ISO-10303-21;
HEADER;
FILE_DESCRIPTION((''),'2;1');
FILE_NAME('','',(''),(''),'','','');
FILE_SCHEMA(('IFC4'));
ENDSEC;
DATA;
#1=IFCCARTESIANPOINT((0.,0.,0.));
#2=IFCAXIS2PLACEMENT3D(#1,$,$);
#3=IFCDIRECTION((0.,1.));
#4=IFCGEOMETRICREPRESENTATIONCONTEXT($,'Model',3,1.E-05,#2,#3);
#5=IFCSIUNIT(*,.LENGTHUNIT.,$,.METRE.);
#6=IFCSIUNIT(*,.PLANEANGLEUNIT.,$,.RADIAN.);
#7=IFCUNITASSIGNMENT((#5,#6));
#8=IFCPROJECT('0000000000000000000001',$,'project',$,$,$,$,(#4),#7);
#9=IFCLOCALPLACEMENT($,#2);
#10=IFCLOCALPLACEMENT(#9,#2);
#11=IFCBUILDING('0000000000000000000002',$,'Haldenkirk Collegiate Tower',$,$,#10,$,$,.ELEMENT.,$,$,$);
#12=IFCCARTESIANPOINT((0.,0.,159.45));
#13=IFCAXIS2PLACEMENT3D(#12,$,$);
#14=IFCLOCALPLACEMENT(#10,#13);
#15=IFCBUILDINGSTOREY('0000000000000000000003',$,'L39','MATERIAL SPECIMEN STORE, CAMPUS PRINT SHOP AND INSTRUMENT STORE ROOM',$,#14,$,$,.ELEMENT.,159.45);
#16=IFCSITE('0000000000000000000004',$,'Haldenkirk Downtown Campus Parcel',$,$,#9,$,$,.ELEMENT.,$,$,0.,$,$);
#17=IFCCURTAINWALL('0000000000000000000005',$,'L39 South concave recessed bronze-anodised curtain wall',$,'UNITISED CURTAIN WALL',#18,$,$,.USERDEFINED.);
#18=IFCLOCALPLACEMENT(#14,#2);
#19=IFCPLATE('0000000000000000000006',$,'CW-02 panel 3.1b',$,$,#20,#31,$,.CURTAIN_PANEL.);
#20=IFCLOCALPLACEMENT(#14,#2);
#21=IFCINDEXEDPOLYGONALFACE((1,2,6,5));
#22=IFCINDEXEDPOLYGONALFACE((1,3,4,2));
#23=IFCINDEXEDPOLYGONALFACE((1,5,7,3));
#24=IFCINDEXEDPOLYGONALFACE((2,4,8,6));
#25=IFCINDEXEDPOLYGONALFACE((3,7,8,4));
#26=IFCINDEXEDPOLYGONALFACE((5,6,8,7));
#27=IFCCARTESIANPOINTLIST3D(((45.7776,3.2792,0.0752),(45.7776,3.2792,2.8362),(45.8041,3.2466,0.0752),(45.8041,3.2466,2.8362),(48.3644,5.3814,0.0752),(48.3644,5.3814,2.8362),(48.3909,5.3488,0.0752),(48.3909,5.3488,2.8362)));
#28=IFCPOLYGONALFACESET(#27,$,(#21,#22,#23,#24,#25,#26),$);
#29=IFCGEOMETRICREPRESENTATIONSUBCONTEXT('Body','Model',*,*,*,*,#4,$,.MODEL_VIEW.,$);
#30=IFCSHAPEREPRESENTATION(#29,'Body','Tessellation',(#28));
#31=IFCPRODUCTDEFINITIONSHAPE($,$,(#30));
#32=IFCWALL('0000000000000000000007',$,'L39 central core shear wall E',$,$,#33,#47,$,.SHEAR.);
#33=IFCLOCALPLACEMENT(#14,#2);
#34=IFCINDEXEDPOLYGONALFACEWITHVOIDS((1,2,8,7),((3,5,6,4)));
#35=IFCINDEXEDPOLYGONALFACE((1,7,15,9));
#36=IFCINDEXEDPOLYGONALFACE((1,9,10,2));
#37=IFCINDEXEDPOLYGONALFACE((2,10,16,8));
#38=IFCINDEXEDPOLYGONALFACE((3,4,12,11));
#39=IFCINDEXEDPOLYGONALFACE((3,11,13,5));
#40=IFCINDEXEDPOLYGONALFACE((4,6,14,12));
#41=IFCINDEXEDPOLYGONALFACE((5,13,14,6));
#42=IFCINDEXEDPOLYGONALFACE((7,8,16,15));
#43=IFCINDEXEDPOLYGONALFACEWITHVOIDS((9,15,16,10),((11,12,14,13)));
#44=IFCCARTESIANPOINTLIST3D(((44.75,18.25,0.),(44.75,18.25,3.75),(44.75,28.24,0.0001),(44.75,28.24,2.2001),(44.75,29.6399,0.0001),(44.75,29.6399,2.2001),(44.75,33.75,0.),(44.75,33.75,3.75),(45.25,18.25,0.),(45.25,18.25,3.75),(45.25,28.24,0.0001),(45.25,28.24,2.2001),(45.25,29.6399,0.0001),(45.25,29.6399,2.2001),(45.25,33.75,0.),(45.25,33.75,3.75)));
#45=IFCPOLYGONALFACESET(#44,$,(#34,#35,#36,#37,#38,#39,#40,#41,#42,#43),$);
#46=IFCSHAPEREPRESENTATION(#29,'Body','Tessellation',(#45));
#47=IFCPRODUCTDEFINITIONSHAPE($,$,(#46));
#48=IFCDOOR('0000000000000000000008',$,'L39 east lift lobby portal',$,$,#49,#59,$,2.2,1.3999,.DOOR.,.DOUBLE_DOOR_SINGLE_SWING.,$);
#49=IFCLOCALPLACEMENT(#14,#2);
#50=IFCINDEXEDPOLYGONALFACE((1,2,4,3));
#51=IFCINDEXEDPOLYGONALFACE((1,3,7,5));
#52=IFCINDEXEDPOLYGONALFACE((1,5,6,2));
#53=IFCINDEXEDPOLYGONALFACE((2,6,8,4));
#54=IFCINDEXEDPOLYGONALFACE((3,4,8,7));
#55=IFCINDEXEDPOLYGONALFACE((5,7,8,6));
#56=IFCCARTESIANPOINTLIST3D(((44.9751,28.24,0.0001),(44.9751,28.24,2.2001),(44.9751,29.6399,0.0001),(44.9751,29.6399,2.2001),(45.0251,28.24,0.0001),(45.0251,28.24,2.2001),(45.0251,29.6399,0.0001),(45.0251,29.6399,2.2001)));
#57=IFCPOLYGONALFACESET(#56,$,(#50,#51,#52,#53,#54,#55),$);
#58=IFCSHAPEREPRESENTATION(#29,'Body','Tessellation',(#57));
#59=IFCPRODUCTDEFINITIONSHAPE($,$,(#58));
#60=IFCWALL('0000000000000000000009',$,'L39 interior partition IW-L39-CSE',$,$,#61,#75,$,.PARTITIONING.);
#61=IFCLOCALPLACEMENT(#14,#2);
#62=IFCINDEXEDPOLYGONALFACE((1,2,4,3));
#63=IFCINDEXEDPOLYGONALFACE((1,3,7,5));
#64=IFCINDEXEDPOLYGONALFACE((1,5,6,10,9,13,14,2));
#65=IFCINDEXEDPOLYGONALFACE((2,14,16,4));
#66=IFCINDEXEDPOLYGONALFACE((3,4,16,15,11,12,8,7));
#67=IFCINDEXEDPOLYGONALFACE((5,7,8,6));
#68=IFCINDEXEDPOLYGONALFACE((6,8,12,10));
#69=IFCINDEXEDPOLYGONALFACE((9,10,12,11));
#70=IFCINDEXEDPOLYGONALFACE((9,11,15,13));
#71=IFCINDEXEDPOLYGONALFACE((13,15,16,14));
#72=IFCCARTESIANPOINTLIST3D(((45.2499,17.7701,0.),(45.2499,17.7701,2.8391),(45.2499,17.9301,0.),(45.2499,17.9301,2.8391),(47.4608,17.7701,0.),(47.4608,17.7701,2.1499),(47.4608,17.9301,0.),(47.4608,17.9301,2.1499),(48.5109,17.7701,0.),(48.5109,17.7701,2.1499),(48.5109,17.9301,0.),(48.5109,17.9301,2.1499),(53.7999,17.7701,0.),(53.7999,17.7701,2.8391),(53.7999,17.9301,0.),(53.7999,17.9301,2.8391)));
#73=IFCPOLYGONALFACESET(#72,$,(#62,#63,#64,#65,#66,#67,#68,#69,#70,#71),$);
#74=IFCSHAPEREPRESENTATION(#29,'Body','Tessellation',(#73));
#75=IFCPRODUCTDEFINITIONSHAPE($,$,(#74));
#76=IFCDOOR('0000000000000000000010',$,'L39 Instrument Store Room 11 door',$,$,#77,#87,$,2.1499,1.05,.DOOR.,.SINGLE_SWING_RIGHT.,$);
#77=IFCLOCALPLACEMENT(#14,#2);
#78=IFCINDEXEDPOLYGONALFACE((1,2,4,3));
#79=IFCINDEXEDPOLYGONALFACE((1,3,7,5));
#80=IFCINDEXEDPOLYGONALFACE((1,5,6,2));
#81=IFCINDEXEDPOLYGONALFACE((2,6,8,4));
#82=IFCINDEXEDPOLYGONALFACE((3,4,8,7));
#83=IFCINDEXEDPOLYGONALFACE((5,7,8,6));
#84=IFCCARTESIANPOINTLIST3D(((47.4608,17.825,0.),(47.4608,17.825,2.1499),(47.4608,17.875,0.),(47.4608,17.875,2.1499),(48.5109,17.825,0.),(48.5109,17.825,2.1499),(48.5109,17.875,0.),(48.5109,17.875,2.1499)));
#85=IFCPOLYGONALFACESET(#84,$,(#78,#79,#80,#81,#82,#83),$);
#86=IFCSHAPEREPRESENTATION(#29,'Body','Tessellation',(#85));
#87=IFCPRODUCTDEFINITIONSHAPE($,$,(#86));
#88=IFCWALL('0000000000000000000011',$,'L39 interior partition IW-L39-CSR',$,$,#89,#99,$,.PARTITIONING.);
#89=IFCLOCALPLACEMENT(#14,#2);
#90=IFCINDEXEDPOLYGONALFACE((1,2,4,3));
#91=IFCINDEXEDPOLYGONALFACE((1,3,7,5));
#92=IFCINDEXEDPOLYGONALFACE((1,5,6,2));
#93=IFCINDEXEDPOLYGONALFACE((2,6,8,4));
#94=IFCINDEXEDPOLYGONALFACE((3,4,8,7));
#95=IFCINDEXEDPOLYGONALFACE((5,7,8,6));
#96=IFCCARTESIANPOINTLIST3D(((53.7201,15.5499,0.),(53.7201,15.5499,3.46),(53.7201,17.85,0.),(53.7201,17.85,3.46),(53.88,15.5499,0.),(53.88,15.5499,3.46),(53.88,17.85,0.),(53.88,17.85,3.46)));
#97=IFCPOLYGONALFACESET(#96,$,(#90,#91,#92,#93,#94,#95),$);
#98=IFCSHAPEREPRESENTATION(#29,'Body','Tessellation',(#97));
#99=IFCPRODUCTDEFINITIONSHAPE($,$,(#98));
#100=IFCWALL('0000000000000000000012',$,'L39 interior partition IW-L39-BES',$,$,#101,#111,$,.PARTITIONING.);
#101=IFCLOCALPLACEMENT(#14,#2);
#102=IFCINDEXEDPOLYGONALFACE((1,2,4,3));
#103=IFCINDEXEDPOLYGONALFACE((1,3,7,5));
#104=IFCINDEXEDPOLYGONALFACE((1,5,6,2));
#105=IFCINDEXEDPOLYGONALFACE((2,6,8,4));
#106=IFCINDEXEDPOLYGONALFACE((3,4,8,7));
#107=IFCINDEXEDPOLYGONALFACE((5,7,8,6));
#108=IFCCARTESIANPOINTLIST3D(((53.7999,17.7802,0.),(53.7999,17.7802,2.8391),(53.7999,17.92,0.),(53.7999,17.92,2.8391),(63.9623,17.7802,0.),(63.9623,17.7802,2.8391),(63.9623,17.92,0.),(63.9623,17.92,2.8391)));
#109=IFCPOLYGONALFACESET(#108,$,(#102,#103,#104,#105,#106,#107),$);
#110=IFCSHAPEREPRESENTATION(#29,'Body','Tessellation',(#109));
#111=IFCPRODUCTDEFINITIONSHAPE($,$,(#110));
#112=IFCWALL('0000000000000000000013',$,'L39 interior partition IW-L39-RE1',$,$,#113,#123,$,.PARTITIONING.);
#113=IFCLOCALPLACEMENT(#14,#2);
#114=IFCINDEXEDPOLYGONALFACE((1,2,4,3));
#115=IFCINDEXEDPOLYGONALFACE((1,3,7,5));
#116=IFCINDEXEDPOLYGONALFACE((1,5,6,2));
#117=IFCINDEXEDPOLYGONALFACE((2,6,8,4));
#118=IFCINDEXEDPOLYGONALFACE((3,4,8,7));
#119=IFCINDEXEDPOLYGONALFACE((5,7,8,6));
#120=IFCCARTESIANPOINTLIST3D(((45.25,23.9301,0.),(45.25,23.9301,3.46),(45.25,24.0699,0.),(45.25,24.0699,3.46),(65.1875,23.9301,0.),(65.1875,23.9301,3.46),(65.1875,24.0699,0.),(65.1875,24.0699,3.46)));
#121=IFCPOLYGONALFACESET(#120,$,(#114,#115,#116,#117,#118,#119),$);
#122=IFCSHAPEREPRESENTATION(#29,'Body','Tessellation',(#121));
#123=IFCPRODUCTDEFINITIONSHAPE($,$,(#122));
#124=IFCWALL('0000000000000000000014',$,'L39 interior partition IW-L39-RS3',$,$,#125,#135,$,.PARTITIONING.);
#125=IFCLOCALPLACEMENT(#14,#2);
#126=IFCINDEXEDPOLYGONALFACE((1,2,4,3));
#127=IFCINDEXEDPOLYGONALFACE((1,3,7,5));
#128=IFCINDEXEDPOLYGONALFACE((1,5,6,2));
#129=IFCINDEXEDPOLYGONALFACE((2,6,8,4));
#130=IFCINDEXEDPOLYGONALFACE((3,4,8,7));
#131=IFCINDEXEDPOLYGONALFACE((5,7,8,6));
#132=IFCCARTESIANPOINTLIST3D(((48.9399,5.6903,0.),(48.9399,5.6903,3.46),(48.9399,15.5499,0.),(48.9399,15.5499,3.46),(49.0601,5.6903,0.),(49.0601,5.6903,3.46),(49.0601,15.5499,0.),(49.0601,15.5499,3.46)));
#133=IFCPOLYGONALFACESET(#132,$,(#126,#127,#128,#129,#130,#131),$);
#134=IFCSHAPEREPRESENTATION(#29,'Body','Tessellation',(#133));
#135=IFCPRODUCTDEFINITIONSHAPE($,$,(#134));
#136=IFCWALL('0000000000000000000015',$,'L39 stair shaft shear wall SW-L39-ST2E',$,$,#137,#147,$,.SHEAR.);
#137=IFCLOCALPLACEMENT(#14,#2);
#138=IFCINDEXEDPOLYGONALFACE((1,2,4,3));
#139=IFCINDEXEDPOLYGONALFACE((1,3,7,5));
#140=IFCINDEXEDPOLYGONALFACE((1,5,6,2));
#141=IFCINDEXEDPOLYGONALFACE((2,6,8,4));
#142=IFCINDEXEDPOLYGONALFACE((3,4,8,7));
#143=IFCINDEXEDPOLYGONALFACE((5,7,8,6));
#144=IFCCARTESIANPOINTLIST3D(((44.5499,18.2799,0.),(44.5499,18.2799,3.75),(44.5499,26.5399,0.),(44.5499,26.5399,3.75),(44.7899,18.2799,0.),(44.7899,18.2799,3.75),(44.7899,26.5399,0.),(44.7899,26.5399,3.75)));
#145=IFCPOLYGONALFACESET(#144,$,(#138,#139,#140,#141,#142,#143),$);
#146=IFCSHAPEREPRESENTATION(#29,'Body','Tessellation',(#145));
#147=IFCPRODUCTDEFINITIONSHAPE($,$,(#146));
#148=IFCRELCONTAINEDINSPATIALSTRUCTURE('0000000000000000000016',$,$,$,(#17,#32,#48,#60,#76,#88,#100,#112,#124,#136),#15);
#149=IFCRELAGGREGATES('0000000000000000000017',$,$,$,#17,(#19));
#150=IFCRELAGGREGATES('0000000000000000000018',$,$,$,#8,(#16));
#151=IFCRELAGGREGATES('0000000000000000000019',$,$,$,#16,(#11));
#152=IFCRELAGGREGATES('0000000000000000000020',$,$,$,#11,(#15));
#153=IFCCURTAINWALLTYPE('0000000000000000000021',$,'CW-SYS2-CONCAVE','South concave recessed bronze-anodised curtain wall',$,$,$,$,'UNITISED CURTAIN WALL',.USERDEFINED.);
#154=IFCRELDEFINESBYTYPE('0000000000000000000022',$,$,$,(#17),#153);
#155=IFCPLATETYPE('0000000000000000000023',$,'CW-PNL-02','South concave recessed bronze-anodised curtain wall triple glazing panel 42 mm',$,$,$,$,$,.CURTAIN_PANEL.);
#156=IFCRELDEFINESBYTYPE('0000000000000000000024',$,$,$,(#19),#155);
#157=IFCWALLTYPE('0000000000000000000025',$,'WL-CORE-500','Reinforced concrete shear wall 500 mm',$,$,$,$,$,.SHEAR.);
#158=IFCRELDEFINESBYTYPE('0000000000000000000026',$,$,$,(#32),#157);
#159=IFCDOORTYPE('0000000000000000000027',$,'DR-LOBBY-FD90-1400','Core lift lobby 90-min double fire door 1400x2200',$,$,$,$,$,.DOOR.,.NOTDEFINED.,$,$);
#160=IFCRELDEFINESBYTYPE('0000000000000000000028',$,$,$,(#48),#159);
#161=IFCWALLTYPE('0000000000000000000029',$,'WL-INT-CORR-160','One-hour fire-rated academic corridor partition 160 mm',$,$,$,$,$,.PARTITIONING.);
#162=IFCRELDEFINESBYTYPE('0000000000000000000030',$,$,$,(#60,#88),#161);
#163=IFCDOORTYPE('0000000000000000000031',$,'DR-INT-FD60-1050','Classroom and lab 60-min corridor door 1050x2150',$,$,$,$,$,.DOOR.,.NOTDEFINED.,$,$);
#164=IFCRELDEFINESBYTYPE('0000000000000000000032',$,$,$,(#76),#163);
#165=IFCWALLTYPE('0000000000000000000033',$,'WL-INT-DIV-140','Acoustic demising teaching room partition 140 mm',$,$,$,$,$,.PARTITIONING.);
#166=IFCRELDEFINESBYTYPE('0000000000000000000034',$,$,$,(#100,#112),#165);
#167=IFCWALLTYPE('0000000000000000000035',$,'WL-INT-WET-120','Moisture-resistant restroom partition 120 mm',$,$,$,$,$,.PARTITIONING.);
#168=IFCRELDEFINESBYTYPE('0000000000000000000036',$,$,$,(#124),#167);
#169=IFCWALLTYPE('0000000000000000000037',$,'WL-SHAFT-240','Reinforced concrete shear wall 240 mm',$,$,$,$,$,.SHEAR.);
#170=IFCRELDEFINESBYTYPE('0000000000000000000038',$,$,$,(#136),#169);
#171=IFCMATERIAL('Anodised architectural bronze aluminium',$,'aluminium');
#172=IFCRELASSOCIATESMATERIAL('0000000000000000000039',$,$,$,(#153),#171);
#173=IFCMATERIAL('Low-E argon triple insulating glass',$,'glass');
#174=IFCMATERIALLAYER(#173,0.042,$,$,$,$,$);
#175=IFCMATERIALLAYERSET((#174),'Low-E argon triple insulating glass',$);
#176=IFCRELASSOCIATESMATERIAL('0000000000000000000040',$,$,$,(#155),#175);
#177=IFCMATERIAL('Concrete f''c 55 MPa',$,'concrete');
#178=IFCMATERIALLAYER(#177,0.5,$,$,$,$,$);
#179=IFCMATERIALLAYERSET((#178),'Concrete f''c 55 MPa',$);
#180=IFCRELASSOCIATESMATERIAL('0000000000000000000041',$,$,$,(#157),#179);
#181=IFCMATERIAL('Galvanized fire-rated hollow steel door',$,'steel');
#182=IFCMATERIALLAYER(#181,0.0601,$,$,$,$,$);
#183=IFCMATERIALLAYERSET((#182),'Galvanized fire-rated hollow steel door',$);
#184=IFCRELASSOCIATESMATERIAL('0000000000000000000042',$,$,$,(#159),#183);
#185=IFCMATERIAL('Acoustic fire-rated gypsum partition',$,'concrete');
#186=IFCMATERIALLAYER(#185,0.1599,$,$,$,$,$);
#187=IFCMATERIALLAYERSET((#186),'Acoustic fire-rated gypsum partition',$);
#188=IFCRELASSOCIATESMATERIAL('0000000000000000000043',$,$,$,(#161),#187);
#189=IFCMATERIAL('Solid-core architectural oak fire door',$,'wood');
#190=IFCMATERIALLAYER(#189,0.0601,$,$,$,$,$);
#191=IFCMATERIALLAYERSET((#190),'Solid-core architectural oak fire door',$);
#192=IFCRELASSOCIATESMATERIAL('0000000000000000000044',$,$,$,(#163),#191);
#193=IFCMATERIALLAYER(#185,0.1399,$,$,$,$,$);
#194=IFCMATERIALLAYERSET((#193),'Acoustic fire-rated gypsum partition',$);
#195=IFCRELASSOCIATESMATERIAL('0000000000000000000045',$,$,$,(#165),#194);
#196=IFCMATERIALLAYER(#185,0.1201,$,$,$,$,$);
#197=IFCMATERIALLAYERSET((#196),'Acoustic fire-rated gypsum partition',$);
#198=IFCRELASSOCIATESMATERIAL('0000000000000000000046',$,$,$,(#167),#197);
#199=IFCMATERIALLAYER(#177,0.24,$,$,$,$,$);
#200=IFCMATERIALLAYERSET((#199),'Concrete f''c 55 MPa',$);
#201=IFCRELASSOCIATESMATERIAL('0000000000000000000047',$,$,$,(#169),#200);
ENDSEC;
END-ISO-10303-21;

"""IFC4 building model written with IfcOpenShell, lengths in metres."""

from ifc_helpers import new_model, si_unit, direction, frame, frame_2d, origin, origin_2d, place, context, subcontext, project, spatial, rectangle, extrude, source, transform, mapped, material, layer, layer_set, type_object, element, fill, aggregate, save


model = new_model("IFC4")

# Units and contexts
model_context = context("Model", 3, precision=1e-05, world=origin(), true_north=direction((0.0, 1.0)))
body_context = subcontext(model_context, "Body", "Model", "MODEL_VIEW")
ifc_project = project(units=[si_unit("LENGTHUNIT", "METRE"), si_unit("PLANEANGLEUNIT", "RADIAN")], contexts=[model_context])

# Site, building, storey
site_placement = place(None, origin())
site = spatial("IfcSite", under=ifc_project, at=site_placement, Name="Haldenkirk Downtown Campus Parcel", CompositionType="ELEMENT", RefElevation=0.0)
building_placement = place(site_placement, origin())
building = spatial("IfcBuilding", under=site, at=building_placement, Name="Haldenkirk Collegiate Tower", CompositionType="ELEMENT")
storey_placement = place(building_placement, frame((0.0, 0.0, 159.45)))
storey = spatial("IfcBuildingStorey", under=building, at=storey_placement, Name="L39", Description="MATERIAL SPECIMEN STORE, CAMPUS PRINT SHOP AND INSTRUMENT STORE ROOM", CompositionType="ELEMENT", Elevation=159.45)

# Curtain wall
ifc_material_1 = material(Name="Anodised architectural bronze aluminium", Category="aluminium")
curtain_wall_type = type_object("IfcCurtainWallType", Name="CW-SYS2-CONCAVE", Description="South concave recessed bronze-anodised curtain wall", ElementType="UNITISED CURTAIN WALL", PredefinedType="USERDEFINED", material=ifc_material_1)
curtain_wall_placement = place(storey_placement, origin())
curtain_wall = element("IfcCurtainWall", 1, at=curtain_wall_placement, inside=storey, type_object=curtain_wall_type, Name="L39 South concave recessed bronze-anodised curtain wall", ObjectType="UNITISED CURTAIN WALL", PredefinedType="USERDEFINED")

# Plate
ifc_material_2 = material(Name="Low-E argon triple insulating glass", Category="glass")
ifc_layer_1 = layer(ifc_material_2, 0.042)
ifc_layer_set_1 = layer_set([ifc_layer_1], Name="Low-E argon triple insulating glass")
plate_type_1 = type_object("IfcPlateType", Name="CW-PNL-02", Description="South concave recessed bronze-anodised curtain wall triple glazing panel 42 mm", PredefinedType="CURTAIN_PANEL", material=ifc_layer_set_1)
shared_shape_1 = source(origin(), body_context, "Body", "SweptSolid", [
    extrude(rectangle(XDim=3.3333, YDim=0.042, at=origin_2d()), origin(), (0.0, 0.0, 1.0), 2.761),
])
plate_1_placement = place(storey_placement, frame((47.0842, 4.314, 0.0752), z_axis=(0.0, 0.0, 1.0), x_axis=(-0.776048, -0.630674, 0.0)))
plate_1 = element("IfcPlate", 2, at=plate_1_placement, type_object=plate_type_1, Name="CW-02 panel 3.1b", PredefinedType="CURTAIN_PANEL", context=body_context, shape_type="MappedRepresentation", body=[
    mapped(shared_shape_1, transform((0.0, 0.0, 0.0), x_axis=(1.0, 0.0, 0.0), y_axis=(0.0, 1.0, 0.0), z_axis=(0.0, 0.0, 1.0), scale=1.0)),
])
aggregate(curtain_wall, [plate_1])

# Walls, openings, doors
ifc_material_3 = material(Name="Concrete f'c 55 MPa", Category="concrete")
ifc_layer_2 = layer(ifc_material_3, 0.5)
ifc_layer_set_2 = layer_set([ifc_layer_2], Name="Concrete f'c 55 MPa")
wall_type_1 = type_object("IfcWallType", Name="WL-CORE-500", Description="Reinforced concrete shear wall 500 mm", PredefinedType="SHEAR", material=ifc_layer_set_2)
wall_1_placement = place(storey_placement, frame((45.0, 18.25, 0.0), z_axis=(0.0, 0.0, 1.0), x_axis=(0.0, 1.0, 0.0)))
wall_1 = element("IfcWall", 3, at=wall_1_placement, inside=storey, type_object=wall_type_1, Name="L39 central core shear wall E", PredefinedType="SHEAR", context=body_context, shape_type="SweptSolid", body=[
    extrude(rectangle(XDim=15.5, YDim=0.5, at=frame_2d((7.75, 0.0))), origin(), (0.0, 0.0, 1.0), 3.75),
])
opening_1_placement = place(wall_1_placement, frame((9.99, 0.0, 0.0)))
opening_1 = element("IfcOpeningElement", 4, at=opening_1_placement, cuts=wall_1, PredefinedType="OPENING", context=body_context, shape_type="SweptSolid", body=[
    extrude(rectangle(XDim=1.3999, YDim=2.2, at=frame_2d((0.7, 1.1001))), frame((0.0, 0.26, 0.0), z_axis=(0.0, -1.0, 0.0), x_axis=(1.0, 0.0, 0.0)), (0.0, 0.0, 1.0), 0.52),
])
ifc_material_4 = material(Name="Galvanized fire-rated hollow steel door", Category="steel")
ifc_layer_3 = layer(ifc_material_4, 0.0601)
ifc_layer_set_3 = layer_set([ifc_layer_3], Name="Galvanized fire-rated hollow steel door")
door_type_1 = type_object("IfcDoorType", Name="DR-LOBBY-FD90-1400", Description="Core lift lobby 90-min double fire door 1400x2200", OperationType="NOTDEFINED", PredefinedType="DOOR", material=ifc_layer_set_3)
door_1_placement = place(opening_1_placement, origin())
door_1 = element("IfcDoor", 5, at=door_1_placement, inside=storey, type_object=door_type_1, Name="L39 east lift lobby portal", OperationType="DOUBLE_DOOR_SINGLE_SWING", OverallHeight=2.2, OverallWidth=1.3999, PredefinedType="DOOR", context=body_context, shape_type="SweptSolid", body=[
    extrude(rectangle(XDim=1.3999, YDim=2.2, at=frame_2d((0.7, 1.1001))), frame((0.0, 0.0249, 0.0), z_axis=(0.0, -1.0, 0.0), x_axis=(1.0, 0.0, 0.0)), (0.0, 0.0, 1.0), 0.05),
])
fill(opening_1, door_1)
ifc_material_5 = material(Name="Acoustic fire-rated gypsum partition", Category="concrete")
ifc_layer_4 = layer(ifc_material_5, 0.1599)
ifc_layer_set_4 = layer_set([ifc_layer_4], Name="Acoustic fire-rated gypsum partition")
wall_type_2 = type_object("IfcWallType", Name="WL-INT-CORR-160", Description="One-hour fire-rated academic corridor partition 160 mm", PredefinedType="PARTITIONING", material=ifc_layer_set_4)
wall_2_placement = place(storey_placement, frame((45.25, 17.8501, 0.0), z_axis=(0.0, 0.0, 1.0), x_axis=(1.0, 0.0, 0.0)))
wall_2 = element("IfcWall", 6, at=wall_2_placement, inside=storey, type_object=wall_type_2, Name="L39 interior partition IW-L39-CSE", PredefinedType="PARTITIONING", context=body_context, shape_type="SweptSolid", body=[
    extrude(rectangle(XDim=8.55, YDim=0.1599, at=frame_2d((4.2749, 0.0))), origin(), (0.0, 0.0, 1.0), 2.8391),
])
opening_2_placement = place(wall_2_placement, frame((2.2109, 0.0, 0.0)))
opening_2 = element("IfcOpeningElement", 7, at=opening_2_placement, cuts=wall_2, PredefinedType="OPENING", context=body_context, shape_type="SweptSolid", body=[
    extrude(rectangle(XDim=1.05, YDim=2.1499, at=frame_2d((0.5249, 1.075))), frame((0.0, 0.0898, 0.0), z_axis=(0.0, -1.0, 0.0), x_axis=(1.0, 0.0, 0.0)), (0.0, 0.0, 1.0), 0.1799),
])
ifc_material_6 = material(Name="Solid-core architectural oak fire door", Category="wood")
ifc_layer_5 = layer(ifc_material_6, 0.0601)
ifc_layer_set_5 = layer_set([ifc_layer_5], Name="Solid-core architectural oak fire door")
door_type_2 = type_object("IfcDoorType", Name="DR-INT-FD60-1050", Description="Classroom and lab 60-min corridor door 1050x2150", OperationType="NOTDEFINED", PredefinedType="DOOR", material=ifc_layer_set_5)
door_2_placement = place(opening_2_placement, origin())
door_2 = element("IfcDoor", 8, at=door_2_placement, inside=storey, type_object=door_type_2, Name="L39 Instrument Store Room 11 door", OperationType="SINGLE_SWING_RIGHT", OverallHeight=2.1499, OverallWidth=1.05, PredefinedType="DOOR", context=body_context, shape_type="SweptSolid", body=[
    extrude(rectangle(XDim=1.05, YDim=2.1499, at=frame_2d((0.5249, 1.075))), frame((0.0, 0.0249, 0.0), z_axis=(0.0, -1.0, 0.0), x_axis=(1.0, 0.0, 0.0)), (0.0, 0.0, 1.0), 0.05),
])
fill(opening_2, door_2)

# Walls
wall_3_placement = place(storey_placement, frame((53.8, 15.55, 0.0), z_axis=(0.0, 0.0, 1.0), x_axis=(0.0, 1.0, 0.0)))
element("IfcWall", 9, at=wall_3_placement, inside=storey, type_object=wall_type_2, Name="L39 interior partition IW-L39-CSR", PredefinedType="PARTITIONING", context=body_context, shape_type="SweptSolid", body=[
    extrude(rectangle(XDim=2.3, YDim=0.1599, at=frame_2d((1.1499, 0.0))), origin(), (0.0, 0.0, 1.0), 3.46),
])
ifc_layer_6 = layer(ifc_material_5, 0.1399)
ifc_layer_set_6 = layer_set([ifc_layer_6], Name="Acoustic fire-rated gypsum partition")
wall_type_3 = type_object("IfcWallType", Name="WL-INT-DIV-140", Description="Acoustic demising teaching room partition 140 mm", PredefinedType="PARTITIONING", material=ifc_layer_set_6)
wall_4_placement = place(storey_placement, frame((53.8, 17.8501, 0.0), z_axis=(0.0, 0.0, 1.0), x_axis=(1.0, 0.0, 0.0)))
element("IfcWall", 10, at=wall_4_placement, inside=storey, type_object=wall_type_3, Name="L39 interior partition IW-L39-BES", PredefinedType="PARTITIONING", context=body_context, shape_type="SweptSolid", body=[
    extrude(rectangle(XDim=10.1624, YDim=0.1399, at=frame_2d((5.0811, 0.0))), origin(), (0.0, 0.0, 1.0), 2.8391),
])
wall_5_placement = place(storey_placement, frame((45.25, 24.0, 0.0), z_axis=(0.0, 0.0, 1.0), x_axis=(1.0, 0.0, 0.0)))
element("IfcWall", 11, at=wall_5_placement, inside=storey, type_object=wall_type_3, Name="L39 interior partition IW-L39-RE1", PredefinedType="PARTITIONING", context=body_context, shape_type="SweptSolid", body=[
    extrude(rectangle(XDim=19.9375, YDim=0.1399, at=frame_2d((9.9688, 0.0))), origin(), (0.0, 0.0, 1.0), 3.46),
])
ifc_layer_7 = layer(ifc_material_5, 0.1201)
ifc_layer_set_7 = layer_set([ifc_layer_7], Name="Acoustic fire-rated gypsum partition")
wall_type_4 = type_object("IfcWallType", Name="WL-INT-WET-120", Description="Moisture-resistant restroom partition 120 mm", PredefinedType="PARTITIONING", material=ifc_layer_set_7)
wall_6_placement = place(storey_placement, frame((49.0, 5.6904, 0.0), z_axis=(0.0, 0.0, 1.0), x_axis=(0.0, 1.0, 0.0)))
element("IfcWall", 12, at=wall_6_placement, inside=storey, type_object=wall_type_4, Name="L39 interior partition IW-L39-RS3", PredefinedType="PARTITIONING", context=body_context, shape_type="SweptSolid", body=[
    extrude(rectangle(XDim=9.8596, YDim=0.1201, at=frame_2d((4.9297, 0.0))), origin(), (0.0, 0.0, 1.0), 3.46),
])
ifc_layer_8 = layer(ifc_material_3, 0.24)
ifc_layer_set_8 = layer_set([ifc_layer_8], Name="Concrete f'c 55 MPa")
wall_type_5 = type_object("IfcWallType", Name="WL-SHAFT-240", Description="Reinforced concrete shear wall 240 mm", PredefinedType="SHEAR", material=ifc_layer_set_8)
wall_7_placement = place(storey_placement, frame((44.6699, 18.28, 0.0), z_axis=(0.0, 0.0, 1.0), x_axis=(0.0, 1.0, 0.0)))
element("IfcWall", 13, at=wall_7_placement, inside=storey, type_object=wall_type_5, Name="L39 stair shaft shear wall SW-L39-ST2E", PredefinedType="SHEAR", context=body_context, shape_type="SweptSolid", body=[
    extrude(rectangle(XDim=8.26, YDim=0.24, at=frame_2d((4.1299, 0.0))), origin(), (0.0, 0.0, 1.0), 3.75),
])

save(model, "model.ifc")
